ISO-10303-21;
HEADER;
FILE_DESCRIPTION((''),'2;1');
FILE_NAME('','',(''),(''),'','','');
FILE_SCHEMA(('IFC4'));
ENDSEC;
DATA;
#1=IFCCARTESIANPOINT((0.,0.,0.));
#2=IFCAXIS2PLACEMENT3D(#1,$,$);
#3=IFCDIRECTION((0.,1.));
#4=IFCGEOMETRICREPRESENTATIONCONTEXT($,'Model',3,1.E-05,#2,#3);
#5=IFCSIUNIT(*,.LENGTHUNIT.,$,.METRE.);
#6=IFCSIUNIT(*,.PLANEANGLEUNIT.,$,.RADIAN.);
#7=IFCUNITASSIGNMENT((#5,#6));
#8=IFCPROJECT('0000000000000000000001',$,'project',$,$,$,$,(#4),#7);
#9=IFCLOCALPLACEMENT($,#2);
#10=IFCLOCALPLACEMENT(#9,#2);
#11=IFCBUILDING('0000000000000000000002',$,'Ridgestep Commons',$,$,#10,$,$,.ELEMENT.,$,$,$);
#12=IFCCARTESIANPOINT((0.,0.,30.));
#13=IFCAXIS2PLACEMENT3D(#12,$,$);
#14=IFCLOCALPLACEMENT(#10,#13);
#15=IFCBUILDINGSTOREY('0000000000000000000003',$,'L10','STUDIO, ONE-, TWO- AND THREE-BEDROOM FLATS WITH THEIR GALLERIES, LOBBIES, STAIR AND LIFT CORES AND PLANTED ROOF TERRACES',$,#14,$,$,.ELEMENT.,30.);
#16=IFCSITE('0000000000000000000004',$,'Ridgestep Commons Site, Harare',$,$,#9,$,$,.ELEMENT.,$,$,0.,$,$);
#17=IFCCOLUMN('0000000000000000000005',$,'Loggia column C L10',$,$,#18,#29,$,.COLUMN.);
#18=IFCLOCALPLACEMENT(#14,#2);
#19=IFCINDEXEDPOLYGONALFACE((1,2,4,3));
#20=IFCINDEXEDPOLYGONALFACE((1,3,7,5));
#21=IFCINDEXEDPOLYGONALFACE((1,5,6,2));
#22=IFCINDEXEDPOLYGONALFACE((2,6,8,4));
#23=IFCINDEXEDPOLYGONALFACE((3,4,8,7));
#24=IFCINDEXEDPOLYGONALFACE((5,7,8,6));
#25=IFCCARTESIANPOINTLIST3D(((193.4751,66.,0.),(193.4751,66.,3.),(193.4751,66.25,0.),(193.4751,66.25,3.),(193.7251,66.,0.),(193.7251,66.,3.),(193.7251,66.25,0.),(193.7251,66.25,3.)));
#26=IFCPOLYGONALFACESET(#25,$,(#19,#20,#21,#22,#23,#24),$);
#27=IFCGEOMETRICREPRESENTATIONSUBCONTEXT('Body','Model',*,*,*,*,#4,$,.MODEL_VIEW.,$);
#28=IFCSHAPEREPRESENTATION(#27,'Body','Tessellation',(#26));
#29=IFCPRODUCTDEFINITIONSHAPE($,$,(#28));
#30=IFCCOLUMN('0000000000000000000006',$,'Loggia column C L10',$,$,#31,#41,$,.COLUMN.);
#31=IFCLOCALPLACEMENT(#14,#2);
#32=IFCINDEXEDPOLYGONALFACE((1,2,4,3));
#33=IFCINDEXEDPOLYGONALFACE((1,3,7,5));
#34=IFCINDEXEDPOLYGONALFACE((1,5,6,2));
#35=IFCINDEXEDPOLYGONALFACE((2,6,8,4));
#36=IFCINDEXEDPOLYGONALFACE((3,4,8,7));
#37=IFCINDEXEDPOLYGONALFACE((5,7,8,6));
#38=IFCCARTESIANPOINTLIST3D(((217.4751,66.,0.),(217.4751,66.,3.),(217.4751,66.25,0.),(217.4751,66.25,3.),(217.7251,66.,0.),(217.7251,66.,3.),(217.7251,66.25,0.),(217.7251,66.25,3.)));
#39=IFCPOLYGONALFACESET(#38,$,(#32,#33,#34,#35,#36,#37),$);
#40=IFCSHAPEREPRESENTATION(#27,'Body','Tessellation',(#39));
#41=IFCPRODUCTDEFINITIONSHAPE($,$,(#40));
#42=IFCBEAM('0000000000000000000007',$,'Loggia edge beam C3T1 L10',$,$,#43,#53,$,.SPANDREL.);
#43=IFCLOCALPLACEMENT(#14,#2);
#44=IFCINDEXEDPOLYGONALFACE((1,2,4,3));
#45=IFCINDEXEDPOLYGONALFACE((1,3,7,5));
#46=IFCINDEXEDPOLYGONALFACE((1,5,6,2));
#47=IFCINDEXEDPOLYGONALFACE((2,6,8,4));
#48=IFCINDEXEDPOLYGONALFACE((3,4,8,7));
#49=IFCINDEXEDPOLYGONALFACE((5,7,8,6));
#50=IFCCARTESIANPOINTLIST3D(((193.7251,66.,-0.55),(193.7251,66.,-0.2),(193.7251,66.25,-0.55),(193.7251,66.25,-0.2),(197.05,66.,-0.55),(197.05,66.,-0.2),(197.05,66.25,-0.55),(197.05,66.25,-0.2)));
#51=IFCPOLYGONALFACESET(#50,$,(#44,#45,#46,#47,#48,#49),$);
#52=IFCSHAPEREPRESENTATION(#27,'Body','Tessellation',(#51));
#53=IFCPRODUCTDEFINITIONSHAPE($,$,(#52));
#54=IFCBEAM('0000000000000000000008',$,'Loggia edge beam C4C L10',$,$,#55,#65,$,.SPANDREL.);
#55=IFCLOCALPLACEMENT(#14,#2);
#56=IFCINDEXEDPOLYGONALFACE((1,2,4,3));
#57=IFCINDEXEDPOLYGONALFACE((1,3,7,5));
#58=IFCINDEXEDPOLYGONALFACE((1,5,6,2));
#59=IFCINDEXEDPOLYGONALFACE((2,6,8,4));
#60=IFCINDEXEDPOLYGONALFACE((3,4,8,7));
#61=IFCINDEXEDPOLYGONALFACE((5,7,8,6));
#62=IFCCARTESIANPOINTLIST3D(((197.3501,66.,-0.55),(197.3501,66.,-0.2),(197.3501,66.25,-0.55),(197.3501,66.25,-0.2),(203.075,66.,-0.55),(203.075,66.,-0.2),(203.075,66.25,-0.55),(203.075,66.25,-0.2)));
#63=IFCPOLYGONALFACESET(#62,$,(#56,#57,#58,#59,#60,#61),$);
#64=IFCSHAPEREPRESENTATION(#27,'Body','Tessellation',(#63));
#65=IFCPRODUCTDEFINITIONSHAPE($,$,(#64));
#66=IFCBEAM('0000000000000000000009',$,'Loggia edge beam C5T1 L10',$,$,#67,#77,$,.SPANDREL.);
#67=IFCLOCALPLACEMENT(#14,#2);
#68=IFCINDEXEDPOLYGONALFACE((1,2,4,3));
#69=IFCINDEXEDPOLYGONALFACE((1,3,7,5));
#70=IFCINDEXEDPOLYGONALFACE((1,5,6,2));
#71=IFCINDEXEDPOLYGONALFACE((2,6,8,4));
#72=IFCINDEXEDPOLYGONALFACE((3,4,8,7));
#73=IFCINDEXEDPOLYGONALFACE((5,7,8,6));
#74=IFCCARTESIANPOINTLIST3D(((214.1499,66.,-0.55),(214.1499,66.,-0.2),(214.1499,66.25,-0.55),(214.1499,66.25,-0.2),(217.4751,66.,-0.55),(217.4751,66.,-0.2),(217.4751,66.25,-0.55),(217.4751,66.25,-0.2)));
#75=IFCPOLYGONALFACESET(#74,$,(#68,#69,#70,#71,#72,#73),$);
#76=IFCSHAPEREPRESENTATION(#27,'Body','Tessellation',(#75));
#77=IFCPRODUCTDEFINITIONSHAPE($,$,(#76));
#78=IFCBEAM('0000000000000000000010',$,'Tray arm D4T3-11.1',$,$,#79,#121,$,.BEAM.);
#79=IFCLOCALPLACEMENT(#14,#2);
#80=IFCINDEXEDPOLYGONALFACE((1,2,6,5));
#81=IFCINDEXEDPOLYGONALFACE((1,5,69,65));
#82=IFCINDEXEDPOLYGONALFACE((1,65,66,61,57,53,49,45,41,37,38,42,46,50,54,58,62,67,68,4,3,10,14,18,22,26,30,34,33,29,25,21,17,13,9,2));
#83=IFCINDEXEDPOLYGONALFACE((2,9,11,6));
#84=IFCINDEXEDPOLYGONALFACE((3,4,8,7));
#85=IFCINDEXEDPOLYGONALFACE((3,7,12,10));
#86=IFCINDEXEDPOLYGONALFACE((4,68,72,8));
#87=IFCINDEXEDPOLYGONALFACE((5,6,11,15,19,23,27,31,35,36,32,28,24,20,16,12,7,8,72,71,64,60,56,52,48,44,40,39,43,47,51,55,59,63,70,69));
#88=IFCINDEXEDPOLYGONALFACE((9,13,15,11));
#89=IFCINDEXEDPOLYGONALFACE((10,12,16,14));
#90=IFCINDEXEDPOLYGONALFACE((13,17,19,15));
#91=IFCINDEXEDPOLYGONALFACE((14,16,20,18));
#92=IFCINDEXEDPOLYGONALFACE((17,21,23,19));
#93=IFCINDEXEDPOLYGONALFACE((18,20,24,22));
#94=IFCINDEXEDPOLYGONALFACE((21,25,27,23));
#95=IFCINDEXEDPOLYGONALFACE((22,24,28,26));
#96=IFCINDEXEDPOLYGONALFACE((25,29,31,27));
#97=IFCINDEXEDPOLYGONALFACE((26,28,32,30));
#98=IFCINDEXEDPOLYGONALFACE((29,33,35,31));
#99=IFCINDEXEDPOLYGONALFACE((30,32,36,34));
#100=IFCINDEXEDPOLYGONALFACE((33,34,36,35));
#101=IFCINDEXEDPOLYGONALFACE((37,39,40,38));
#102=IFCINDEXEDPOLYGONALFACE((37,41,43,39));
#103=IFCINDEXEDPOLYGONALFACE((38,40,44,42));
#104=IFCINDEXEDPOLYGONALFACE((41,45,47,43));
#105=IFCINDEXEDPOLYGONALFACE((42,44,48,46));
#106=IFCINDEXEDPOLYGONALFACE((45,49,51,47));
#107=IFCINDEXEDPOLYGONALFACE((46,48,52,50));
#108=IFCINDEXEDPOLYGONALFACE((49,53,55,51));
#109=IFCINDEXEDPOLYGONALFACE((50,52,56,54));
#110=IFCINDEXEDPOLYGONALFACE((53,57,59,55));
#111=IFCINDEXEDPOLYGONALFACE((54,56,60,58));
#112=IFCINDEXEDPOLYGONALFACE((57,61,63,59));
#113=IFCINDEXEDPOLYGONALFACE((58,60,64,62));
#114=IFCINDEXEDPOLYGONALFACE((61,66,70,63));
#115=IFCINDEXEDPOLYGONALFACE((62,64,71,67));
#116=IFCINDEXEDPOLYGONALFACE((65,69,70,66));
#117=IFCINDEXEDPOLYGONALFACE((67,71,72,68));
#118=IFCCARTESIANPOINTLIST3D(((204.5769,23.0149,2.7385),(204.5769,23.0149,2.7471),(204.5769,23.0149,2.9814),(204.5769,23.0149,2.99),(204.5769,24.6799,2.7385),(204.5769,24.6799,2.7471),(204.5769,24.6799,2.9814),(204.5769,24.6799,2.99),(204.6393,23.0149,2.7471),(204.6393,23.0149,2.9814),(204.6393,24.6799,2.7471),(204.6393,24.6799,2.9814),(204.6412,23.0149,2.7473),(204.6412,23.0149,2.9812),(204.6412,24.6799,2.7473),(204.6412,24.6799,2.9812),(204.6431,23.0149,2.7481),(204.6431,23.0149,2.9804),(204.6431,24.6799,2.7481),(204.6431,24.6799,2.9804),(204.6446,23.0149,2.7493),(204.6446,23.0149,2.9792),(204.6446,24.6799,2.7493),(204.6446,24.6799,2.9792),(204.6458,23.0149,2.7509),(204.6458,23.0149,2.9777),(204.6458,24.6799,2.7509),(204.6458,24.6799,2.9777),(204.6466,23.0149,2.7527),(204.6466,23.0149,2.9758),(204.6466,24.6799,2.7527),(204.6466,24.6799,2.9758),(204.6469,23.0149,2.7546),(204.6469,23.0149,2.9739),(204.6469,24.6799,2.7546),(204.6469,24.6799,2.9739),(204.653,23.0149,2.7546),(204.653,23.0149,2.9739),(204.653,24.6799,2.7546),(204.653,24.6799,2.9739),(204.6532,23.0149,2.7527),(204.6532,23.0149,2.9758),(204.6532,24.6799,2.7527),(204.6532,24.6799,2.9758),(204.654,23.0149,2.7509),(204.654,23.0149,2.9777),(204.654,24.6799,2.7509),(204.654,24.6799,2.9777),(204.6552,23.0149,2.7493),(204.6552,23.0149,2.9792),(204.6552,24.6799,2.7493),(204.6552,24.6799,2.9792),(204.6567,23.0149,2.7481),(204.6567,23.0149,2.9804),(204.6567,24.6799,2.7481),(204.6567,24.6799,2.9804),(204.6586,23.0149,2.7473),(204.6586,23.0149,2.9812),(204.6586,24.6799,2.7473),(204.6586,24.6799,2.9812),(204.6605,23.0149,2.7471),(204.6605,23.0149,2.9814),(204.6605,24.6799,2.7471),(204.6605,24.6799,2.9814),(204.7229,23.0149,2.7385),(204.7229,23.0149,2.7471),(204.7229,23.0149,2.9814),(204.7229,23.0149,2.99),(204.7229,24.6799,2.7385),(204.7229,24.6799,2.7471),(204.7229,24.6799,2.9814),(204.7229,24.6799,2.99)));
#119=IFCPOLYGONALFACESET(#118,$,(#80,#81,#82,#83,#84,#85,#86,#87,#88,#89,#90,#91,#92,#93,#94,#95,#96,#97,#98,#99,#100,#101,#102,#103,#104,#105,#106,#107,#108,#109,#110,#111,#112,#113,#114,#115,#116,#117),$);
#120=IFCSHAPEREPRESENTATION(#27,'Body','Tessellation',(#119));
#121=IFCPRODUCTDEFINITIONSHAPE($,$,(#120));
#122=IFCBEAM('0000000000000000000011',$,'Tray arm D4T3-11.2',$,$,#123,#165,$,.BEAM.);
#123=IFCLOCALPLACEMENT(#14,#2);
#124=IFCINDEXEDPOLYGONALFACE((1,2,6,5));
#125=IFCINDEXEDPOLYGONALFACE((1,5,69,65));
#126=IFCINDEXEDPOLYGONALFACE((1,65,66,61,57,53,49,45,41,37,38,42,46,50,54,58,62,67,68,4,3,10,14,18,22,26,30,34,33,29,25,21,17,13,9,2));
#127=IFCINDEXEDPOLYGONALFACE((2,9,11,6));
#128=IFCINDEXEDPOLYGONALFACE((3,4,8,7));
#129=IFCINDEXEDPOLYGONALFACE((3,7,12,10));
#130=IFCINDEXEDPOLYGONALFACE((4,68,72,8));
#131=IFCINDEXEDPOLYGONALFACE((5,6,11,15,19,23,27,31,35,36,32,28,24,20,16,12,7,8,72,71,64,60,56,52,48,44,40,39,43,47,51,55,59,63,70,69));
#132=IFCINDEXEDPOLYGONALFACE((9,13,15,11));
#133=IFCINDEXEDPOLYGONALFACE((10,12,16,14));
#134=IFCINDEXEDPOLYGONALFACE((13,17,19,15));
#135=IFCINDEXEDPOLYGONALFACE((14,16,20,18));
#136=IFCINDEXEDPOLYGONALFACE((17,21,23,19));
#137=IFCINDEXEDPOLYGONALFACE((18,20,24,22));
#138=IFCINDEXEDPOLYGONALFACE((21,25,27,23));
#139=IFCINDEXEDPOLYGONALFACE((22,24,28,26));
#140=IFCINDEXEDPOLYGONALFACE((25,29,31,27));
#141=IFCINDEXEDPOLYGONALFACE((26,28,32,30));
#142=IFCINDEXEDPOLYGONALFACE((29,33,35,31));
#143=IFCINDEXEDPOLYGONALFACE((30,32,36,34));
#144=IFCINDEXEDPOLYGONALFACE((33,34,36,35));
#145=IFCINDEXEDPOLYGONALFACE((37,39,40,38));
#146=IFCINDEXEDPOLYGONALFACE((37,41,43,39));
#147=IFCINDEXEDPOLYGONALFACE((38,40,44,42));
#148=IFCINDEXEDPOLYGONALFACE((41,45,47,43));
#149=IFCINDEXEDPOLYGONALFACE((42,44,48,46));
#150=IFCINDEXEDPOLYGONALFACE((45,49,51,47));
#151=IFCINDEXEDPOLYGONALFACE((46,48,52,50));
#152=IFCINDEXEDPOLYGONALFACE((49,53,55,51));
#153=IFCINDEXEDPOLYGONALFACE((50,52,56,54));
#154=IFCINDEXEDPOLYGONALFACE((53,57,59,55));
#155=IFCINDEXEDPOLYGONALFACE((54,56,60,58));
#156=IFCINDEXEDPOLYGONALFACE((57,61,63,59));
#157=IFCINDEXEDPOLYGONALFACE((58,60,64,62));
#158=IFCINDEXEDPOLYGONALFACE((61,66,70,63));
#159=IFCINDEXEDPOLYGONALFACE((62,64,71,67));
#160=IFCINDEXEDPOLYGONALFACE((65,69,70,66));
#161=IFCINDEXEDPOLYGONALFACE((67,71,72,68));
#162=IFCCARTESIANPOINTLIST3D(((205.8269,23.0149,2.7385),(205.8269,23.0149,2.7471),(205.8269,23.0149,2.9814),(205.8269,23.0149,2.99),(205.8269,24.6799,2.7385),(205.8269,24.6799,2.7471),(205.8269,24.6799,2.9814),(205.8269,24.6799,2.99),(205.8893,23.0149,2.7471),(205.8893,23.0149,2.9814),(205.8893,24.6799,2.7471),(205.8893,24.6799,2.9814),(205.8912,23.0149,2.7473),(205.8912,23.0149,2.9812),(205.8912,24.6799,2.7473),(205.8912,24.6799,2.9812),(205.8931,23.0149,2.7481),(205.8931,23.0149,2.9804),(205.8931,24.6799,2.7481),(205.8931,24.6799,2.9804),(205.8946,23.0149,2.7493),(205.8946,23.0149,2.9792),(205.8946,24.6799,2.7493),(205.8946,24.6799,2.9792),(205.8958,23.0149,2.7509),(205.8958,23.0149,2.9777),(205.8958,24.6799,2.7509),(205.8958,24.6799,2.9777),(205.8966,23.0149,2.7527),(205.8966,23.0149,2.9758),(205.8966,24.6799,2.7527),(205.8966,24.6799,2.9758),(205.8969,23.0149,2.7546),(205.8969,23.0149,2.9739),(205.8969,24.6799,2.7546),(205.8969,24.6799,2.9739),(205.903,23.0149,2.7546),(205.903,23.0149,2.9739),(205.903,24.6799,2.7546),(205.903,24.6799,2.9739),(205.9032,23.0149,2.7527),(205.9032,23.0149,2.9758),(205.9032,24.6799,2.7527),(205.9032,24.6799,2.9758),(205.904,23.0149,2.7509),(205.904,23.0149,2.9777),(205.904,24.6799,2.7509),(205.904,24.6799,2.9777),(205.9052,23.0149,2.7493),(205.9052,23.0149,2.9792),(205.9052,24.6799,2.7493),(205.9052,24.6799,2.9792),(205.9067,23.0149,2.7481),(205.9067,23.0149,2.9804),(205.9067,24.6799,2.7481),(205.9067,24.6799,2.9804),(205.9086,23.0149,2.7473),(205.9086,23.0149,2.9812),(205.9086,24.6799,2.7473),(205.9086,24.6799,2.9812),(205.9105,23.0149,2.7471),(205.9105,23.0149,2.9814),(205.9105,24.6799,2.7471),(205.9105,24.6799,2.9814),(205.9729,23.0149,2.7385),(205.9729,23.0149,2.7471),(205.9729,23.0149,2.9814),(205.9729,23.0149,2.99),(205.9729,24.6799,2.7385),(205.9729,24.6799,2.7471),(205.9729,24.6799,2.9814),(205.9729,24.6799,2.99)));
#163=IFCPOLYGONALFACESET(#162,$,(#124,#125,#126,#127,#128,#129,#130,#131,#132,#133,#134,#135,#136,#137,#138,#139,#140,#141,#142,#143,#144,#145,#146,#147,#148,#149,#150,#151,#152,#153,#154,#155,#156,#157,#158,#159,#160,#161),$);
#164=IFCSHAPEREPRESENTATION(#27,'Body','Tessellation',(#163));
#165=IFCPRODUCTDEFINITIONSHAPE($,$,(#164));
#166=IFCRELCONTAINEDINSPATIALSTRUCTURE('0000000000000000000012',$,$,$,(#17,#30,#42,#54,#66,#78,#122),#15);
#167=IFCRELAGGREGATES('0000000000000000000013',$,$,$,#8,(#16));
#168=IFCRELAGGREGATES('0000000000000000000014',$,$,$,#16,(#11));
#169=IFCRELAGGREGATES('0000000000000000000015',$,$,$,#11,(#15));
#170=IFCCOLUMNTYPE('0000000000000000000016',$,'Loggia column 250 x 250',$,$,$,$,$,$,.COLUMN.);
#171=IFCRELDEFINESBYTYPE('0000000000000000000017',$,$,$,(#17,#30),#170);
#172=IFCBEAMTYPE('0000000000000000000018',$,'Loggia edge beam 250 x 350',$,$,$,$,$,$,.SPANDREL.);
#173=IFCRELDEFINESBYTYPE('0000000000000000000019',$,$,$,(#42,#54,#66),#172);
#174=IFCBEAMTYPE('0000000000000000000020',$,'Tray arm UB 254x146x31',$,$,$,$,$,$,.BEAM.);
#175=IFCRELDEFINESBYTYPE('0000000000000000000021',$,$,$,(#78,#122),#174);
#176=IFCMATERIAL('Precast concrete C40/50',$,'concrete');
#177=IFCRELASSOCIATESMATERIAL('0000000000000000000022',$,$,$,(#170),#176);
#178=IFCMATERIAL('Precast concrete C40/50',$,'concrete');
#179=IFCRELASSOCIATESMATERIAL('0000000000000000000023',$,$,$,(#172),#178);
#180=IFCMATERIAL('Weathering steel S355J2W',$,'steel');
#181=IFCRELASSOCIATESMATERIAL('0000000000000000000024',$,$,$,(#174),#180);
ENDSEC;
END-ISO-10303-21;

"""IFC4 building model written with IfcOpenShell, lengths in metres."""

from ifc_helpers import new_model, si_unit, direction, frame, origin, origin_2d, place, context, subcontext, project, spatial, rectangle, i_section, extrude, material, material_profile, profile_set, type_object, element, save


model = new_model("IFC4")

# Units and contexts
model_context = context("Model", 3, precision=1e-05, world=origin(), true_north=direction((0.0, 1.0)))
body_context = subcontext(model_context, "Body", "Model", "MODEL_VIEW")
ifc_project = project(units=[si_unit("LENGTHUNIT", "METRE"), si_unit("PLANEANGLEUNIT", "RADIAN")], contexts=[model_context])

# Site, building, storey
site_placement = place(None, origin())
site = spatial("IfcSite", under=ifc_project, at=site_placement, Name="Ridgestep Commons Site, Harare", CompositionType="ELEMENT", RefElevation=0.0)
building_placement = place(site_placement, origin())
building = spatial("IfcBuilding", under=site, at=building_placement, Name="Ridgestep Commons", CompositionType="ELEMENT")
storey_placement = place(building_placement, frame((0.0, 0.0, 30.0)))
storey = spatial("IfcBuildingStorey", under=building, at=storey_placement, Name="L10", Description="STUDIO, ONE-, TWO- AND THREE-BEDROOM FLATS WITH THEIR GALLERIES, LOBBIES, STAIR AND LIFT CORES AND PLANTED ROOF TERRACES", CompositionType="ELEMENT", Elevation=30.0)

# Columns
ifc_material_1 = material(Name="Precast concrete C40/50", Category="concrete")
ifc_material_profile_1 = material_profile(ifc_material_1, rectangle(XDim=0.25, YDim=0.25, at=origin_2d()), Name="PC 250x250")
ifc_profile_set_1 = profile_set([ifc_material_profile_1], Name="Precast concrete C40/50")
column_type = type_object("IfcColumnType", Name="Loggia column 250 x 250", PredefinedType="COLUMN", material=ifc_profile_set_1)
for number, where, z_axis, x_axis, name in (
    (1, (193.6001, 66.125, 0.0), (0.0, 0.0, 1.0), (1.0, 0.0, 0.0), "Loggia column C L10"),
    (2, (217.6001, 66.125, 0.0), (0.0, 0.0, 1.0), (1.0, 0.0, 0.0), "Loggia column C L10"),
):
    element("IfcColumn", number, at=place(storey_placement, frame(where, z_axis=z_axis, x_axis=x_axis)), inside=storey, type_object=column_type, Name=name, PredefinedType="COLUMN", context=body_context, shape_type="SweptSolid", body=[
        extrude(rectangle(XDim=0.25, YDim=0.25, at=origin_2d()), origin(), (0.0, 0.0, 1.0), 3.0),
    ])

# Beams
ifc_material_2 = material(Name="Precast concrete C40/50", Category="concrete")
ifc_material_profile_2 = material_profile(ifc_material_2, rectangle(XDim=0.25, YDim=0.3501, at=origin_2d()), Name="PC 250x350")
ifc_profile_set_2 = profile_set([ifc_material_profile_2], Name="Precast concrete C40/50")
beam_type_1 = type_object("IfcBeamType", Name="Loggia edge beam 250 x 350", PredefinedType="SPANDREL", material=ifc_profile_set_2)
beam_1_placement = place(storey_placement, frame((193.7251, 66.125, -0.375), z_axis=(1.0, 0.0, 0.0), x_axis=(0.0, 1.0, 0.0)))
element("IfcBeam", 3, at=beam_1_placement, inside=storey, type_object=beam_type_1, Name="Loggia edge beam C3T1 L10", PredefinedType="SPANDREL", context=body_context, shape_type="SweptSolid", body=[
    extrude(rectangle(XDim=0.25, YDim=0.3501, at=origin_2d()), origin(), (0.0, 0.0, 1.0), 3.325),
])
beam_2_placement = place(storey_placement, frame((197.3501, 66.125, -0.375), z_axis=(1.0, 0.0, 0.0), x_axis=(0.0, 1.0, 0.0)))
element("IfcBeam", 4, at=beam_2_placement, inside=storey, type_object=beam_type_1, Name="Loggia edge beam C4C L10", PredefinedType="SPANDREL", context=body_context, shape_type="SweptSolid", body=[
    extrude(rectangle(XDim=0.25, YDim=0.3501, at=origin_2d()), origin(), (0.0, 0.0, 1.0), 5.7249),
])
beam_3_placement = place(storey_placement, frame((214.1499, 66.125, -0.375), z_axis=(1.0, 0.0, 0.0), x_axis=(0.0, 1.0, 0.0)))
element("IfcBeam", 5, at=beam_3_placement, inside=storey, type_object=beam_type_1, Name="Loggia edge beam C5T1 L10", PredefinedType="SPANDREL", context=body_context, shape_type="SweptSolid", body=[
    extrude(rectangle(XDim=0.25, YDim=0.3501, at=origin_2d()), origin(), (0.0, 0.0, 1.0), 3.3252),
])
ifc_material_3 = material(Name="Weathering steel S355J2W", Category="steel")
ifc_material_profile_3 = material_profile(ifc_material_3, i_section(OverallWidth=0.146, OverallDepth=0.2515, WebThickness=0.0061, FlangeThickness=0.0085, FilletRadius=0.0076, at=origin_2d()), Name="UB 254x146x31")
ifc_profile_set_3 = profile_set([ifc_material_profile_3], Name="Weathering steel S355J2W")
beam_type_2 = type_object("IfcBeamType", Name="Tray arm UB 254x146x31", PredefinedType="BEAM", material=ifc_profile_set_3)
for number, where, z_axis, x_axis, name in (
    (6, (204.6499, 23.0149, 2.8643), (0.0, 1.0, 0.0), (-1.0, 0.0, 0.0), "Tray arm D4T3-11.1"),
    (7, (205.8999, 23.0149, 2.8643), (0.0, 1.0, 0.0), (-1.0, 0.0, 0.0), "Tray arm D4T3-11.2"),
):
    element("IfcBeam", number, at=place(storey_placement, frame(where, z_axis=z_axis, x_axis=x_axis)), inside=storey, type_object=beam_type_2, Name=name, PredefinedType="BEAM", context=body_context, shape_type="SweptSolid", body=[
        extrude(i_section(OverallWidth=0.146, OverallDepth=0.2515, WebThickness=0.0061, FlangeThickness=0.0085, FilletRadius=0.0076, at=origin_2d()), origin(), (0.0, 0.0, 1.0), 1.665),
    ])

save(model, "model.ifc")
